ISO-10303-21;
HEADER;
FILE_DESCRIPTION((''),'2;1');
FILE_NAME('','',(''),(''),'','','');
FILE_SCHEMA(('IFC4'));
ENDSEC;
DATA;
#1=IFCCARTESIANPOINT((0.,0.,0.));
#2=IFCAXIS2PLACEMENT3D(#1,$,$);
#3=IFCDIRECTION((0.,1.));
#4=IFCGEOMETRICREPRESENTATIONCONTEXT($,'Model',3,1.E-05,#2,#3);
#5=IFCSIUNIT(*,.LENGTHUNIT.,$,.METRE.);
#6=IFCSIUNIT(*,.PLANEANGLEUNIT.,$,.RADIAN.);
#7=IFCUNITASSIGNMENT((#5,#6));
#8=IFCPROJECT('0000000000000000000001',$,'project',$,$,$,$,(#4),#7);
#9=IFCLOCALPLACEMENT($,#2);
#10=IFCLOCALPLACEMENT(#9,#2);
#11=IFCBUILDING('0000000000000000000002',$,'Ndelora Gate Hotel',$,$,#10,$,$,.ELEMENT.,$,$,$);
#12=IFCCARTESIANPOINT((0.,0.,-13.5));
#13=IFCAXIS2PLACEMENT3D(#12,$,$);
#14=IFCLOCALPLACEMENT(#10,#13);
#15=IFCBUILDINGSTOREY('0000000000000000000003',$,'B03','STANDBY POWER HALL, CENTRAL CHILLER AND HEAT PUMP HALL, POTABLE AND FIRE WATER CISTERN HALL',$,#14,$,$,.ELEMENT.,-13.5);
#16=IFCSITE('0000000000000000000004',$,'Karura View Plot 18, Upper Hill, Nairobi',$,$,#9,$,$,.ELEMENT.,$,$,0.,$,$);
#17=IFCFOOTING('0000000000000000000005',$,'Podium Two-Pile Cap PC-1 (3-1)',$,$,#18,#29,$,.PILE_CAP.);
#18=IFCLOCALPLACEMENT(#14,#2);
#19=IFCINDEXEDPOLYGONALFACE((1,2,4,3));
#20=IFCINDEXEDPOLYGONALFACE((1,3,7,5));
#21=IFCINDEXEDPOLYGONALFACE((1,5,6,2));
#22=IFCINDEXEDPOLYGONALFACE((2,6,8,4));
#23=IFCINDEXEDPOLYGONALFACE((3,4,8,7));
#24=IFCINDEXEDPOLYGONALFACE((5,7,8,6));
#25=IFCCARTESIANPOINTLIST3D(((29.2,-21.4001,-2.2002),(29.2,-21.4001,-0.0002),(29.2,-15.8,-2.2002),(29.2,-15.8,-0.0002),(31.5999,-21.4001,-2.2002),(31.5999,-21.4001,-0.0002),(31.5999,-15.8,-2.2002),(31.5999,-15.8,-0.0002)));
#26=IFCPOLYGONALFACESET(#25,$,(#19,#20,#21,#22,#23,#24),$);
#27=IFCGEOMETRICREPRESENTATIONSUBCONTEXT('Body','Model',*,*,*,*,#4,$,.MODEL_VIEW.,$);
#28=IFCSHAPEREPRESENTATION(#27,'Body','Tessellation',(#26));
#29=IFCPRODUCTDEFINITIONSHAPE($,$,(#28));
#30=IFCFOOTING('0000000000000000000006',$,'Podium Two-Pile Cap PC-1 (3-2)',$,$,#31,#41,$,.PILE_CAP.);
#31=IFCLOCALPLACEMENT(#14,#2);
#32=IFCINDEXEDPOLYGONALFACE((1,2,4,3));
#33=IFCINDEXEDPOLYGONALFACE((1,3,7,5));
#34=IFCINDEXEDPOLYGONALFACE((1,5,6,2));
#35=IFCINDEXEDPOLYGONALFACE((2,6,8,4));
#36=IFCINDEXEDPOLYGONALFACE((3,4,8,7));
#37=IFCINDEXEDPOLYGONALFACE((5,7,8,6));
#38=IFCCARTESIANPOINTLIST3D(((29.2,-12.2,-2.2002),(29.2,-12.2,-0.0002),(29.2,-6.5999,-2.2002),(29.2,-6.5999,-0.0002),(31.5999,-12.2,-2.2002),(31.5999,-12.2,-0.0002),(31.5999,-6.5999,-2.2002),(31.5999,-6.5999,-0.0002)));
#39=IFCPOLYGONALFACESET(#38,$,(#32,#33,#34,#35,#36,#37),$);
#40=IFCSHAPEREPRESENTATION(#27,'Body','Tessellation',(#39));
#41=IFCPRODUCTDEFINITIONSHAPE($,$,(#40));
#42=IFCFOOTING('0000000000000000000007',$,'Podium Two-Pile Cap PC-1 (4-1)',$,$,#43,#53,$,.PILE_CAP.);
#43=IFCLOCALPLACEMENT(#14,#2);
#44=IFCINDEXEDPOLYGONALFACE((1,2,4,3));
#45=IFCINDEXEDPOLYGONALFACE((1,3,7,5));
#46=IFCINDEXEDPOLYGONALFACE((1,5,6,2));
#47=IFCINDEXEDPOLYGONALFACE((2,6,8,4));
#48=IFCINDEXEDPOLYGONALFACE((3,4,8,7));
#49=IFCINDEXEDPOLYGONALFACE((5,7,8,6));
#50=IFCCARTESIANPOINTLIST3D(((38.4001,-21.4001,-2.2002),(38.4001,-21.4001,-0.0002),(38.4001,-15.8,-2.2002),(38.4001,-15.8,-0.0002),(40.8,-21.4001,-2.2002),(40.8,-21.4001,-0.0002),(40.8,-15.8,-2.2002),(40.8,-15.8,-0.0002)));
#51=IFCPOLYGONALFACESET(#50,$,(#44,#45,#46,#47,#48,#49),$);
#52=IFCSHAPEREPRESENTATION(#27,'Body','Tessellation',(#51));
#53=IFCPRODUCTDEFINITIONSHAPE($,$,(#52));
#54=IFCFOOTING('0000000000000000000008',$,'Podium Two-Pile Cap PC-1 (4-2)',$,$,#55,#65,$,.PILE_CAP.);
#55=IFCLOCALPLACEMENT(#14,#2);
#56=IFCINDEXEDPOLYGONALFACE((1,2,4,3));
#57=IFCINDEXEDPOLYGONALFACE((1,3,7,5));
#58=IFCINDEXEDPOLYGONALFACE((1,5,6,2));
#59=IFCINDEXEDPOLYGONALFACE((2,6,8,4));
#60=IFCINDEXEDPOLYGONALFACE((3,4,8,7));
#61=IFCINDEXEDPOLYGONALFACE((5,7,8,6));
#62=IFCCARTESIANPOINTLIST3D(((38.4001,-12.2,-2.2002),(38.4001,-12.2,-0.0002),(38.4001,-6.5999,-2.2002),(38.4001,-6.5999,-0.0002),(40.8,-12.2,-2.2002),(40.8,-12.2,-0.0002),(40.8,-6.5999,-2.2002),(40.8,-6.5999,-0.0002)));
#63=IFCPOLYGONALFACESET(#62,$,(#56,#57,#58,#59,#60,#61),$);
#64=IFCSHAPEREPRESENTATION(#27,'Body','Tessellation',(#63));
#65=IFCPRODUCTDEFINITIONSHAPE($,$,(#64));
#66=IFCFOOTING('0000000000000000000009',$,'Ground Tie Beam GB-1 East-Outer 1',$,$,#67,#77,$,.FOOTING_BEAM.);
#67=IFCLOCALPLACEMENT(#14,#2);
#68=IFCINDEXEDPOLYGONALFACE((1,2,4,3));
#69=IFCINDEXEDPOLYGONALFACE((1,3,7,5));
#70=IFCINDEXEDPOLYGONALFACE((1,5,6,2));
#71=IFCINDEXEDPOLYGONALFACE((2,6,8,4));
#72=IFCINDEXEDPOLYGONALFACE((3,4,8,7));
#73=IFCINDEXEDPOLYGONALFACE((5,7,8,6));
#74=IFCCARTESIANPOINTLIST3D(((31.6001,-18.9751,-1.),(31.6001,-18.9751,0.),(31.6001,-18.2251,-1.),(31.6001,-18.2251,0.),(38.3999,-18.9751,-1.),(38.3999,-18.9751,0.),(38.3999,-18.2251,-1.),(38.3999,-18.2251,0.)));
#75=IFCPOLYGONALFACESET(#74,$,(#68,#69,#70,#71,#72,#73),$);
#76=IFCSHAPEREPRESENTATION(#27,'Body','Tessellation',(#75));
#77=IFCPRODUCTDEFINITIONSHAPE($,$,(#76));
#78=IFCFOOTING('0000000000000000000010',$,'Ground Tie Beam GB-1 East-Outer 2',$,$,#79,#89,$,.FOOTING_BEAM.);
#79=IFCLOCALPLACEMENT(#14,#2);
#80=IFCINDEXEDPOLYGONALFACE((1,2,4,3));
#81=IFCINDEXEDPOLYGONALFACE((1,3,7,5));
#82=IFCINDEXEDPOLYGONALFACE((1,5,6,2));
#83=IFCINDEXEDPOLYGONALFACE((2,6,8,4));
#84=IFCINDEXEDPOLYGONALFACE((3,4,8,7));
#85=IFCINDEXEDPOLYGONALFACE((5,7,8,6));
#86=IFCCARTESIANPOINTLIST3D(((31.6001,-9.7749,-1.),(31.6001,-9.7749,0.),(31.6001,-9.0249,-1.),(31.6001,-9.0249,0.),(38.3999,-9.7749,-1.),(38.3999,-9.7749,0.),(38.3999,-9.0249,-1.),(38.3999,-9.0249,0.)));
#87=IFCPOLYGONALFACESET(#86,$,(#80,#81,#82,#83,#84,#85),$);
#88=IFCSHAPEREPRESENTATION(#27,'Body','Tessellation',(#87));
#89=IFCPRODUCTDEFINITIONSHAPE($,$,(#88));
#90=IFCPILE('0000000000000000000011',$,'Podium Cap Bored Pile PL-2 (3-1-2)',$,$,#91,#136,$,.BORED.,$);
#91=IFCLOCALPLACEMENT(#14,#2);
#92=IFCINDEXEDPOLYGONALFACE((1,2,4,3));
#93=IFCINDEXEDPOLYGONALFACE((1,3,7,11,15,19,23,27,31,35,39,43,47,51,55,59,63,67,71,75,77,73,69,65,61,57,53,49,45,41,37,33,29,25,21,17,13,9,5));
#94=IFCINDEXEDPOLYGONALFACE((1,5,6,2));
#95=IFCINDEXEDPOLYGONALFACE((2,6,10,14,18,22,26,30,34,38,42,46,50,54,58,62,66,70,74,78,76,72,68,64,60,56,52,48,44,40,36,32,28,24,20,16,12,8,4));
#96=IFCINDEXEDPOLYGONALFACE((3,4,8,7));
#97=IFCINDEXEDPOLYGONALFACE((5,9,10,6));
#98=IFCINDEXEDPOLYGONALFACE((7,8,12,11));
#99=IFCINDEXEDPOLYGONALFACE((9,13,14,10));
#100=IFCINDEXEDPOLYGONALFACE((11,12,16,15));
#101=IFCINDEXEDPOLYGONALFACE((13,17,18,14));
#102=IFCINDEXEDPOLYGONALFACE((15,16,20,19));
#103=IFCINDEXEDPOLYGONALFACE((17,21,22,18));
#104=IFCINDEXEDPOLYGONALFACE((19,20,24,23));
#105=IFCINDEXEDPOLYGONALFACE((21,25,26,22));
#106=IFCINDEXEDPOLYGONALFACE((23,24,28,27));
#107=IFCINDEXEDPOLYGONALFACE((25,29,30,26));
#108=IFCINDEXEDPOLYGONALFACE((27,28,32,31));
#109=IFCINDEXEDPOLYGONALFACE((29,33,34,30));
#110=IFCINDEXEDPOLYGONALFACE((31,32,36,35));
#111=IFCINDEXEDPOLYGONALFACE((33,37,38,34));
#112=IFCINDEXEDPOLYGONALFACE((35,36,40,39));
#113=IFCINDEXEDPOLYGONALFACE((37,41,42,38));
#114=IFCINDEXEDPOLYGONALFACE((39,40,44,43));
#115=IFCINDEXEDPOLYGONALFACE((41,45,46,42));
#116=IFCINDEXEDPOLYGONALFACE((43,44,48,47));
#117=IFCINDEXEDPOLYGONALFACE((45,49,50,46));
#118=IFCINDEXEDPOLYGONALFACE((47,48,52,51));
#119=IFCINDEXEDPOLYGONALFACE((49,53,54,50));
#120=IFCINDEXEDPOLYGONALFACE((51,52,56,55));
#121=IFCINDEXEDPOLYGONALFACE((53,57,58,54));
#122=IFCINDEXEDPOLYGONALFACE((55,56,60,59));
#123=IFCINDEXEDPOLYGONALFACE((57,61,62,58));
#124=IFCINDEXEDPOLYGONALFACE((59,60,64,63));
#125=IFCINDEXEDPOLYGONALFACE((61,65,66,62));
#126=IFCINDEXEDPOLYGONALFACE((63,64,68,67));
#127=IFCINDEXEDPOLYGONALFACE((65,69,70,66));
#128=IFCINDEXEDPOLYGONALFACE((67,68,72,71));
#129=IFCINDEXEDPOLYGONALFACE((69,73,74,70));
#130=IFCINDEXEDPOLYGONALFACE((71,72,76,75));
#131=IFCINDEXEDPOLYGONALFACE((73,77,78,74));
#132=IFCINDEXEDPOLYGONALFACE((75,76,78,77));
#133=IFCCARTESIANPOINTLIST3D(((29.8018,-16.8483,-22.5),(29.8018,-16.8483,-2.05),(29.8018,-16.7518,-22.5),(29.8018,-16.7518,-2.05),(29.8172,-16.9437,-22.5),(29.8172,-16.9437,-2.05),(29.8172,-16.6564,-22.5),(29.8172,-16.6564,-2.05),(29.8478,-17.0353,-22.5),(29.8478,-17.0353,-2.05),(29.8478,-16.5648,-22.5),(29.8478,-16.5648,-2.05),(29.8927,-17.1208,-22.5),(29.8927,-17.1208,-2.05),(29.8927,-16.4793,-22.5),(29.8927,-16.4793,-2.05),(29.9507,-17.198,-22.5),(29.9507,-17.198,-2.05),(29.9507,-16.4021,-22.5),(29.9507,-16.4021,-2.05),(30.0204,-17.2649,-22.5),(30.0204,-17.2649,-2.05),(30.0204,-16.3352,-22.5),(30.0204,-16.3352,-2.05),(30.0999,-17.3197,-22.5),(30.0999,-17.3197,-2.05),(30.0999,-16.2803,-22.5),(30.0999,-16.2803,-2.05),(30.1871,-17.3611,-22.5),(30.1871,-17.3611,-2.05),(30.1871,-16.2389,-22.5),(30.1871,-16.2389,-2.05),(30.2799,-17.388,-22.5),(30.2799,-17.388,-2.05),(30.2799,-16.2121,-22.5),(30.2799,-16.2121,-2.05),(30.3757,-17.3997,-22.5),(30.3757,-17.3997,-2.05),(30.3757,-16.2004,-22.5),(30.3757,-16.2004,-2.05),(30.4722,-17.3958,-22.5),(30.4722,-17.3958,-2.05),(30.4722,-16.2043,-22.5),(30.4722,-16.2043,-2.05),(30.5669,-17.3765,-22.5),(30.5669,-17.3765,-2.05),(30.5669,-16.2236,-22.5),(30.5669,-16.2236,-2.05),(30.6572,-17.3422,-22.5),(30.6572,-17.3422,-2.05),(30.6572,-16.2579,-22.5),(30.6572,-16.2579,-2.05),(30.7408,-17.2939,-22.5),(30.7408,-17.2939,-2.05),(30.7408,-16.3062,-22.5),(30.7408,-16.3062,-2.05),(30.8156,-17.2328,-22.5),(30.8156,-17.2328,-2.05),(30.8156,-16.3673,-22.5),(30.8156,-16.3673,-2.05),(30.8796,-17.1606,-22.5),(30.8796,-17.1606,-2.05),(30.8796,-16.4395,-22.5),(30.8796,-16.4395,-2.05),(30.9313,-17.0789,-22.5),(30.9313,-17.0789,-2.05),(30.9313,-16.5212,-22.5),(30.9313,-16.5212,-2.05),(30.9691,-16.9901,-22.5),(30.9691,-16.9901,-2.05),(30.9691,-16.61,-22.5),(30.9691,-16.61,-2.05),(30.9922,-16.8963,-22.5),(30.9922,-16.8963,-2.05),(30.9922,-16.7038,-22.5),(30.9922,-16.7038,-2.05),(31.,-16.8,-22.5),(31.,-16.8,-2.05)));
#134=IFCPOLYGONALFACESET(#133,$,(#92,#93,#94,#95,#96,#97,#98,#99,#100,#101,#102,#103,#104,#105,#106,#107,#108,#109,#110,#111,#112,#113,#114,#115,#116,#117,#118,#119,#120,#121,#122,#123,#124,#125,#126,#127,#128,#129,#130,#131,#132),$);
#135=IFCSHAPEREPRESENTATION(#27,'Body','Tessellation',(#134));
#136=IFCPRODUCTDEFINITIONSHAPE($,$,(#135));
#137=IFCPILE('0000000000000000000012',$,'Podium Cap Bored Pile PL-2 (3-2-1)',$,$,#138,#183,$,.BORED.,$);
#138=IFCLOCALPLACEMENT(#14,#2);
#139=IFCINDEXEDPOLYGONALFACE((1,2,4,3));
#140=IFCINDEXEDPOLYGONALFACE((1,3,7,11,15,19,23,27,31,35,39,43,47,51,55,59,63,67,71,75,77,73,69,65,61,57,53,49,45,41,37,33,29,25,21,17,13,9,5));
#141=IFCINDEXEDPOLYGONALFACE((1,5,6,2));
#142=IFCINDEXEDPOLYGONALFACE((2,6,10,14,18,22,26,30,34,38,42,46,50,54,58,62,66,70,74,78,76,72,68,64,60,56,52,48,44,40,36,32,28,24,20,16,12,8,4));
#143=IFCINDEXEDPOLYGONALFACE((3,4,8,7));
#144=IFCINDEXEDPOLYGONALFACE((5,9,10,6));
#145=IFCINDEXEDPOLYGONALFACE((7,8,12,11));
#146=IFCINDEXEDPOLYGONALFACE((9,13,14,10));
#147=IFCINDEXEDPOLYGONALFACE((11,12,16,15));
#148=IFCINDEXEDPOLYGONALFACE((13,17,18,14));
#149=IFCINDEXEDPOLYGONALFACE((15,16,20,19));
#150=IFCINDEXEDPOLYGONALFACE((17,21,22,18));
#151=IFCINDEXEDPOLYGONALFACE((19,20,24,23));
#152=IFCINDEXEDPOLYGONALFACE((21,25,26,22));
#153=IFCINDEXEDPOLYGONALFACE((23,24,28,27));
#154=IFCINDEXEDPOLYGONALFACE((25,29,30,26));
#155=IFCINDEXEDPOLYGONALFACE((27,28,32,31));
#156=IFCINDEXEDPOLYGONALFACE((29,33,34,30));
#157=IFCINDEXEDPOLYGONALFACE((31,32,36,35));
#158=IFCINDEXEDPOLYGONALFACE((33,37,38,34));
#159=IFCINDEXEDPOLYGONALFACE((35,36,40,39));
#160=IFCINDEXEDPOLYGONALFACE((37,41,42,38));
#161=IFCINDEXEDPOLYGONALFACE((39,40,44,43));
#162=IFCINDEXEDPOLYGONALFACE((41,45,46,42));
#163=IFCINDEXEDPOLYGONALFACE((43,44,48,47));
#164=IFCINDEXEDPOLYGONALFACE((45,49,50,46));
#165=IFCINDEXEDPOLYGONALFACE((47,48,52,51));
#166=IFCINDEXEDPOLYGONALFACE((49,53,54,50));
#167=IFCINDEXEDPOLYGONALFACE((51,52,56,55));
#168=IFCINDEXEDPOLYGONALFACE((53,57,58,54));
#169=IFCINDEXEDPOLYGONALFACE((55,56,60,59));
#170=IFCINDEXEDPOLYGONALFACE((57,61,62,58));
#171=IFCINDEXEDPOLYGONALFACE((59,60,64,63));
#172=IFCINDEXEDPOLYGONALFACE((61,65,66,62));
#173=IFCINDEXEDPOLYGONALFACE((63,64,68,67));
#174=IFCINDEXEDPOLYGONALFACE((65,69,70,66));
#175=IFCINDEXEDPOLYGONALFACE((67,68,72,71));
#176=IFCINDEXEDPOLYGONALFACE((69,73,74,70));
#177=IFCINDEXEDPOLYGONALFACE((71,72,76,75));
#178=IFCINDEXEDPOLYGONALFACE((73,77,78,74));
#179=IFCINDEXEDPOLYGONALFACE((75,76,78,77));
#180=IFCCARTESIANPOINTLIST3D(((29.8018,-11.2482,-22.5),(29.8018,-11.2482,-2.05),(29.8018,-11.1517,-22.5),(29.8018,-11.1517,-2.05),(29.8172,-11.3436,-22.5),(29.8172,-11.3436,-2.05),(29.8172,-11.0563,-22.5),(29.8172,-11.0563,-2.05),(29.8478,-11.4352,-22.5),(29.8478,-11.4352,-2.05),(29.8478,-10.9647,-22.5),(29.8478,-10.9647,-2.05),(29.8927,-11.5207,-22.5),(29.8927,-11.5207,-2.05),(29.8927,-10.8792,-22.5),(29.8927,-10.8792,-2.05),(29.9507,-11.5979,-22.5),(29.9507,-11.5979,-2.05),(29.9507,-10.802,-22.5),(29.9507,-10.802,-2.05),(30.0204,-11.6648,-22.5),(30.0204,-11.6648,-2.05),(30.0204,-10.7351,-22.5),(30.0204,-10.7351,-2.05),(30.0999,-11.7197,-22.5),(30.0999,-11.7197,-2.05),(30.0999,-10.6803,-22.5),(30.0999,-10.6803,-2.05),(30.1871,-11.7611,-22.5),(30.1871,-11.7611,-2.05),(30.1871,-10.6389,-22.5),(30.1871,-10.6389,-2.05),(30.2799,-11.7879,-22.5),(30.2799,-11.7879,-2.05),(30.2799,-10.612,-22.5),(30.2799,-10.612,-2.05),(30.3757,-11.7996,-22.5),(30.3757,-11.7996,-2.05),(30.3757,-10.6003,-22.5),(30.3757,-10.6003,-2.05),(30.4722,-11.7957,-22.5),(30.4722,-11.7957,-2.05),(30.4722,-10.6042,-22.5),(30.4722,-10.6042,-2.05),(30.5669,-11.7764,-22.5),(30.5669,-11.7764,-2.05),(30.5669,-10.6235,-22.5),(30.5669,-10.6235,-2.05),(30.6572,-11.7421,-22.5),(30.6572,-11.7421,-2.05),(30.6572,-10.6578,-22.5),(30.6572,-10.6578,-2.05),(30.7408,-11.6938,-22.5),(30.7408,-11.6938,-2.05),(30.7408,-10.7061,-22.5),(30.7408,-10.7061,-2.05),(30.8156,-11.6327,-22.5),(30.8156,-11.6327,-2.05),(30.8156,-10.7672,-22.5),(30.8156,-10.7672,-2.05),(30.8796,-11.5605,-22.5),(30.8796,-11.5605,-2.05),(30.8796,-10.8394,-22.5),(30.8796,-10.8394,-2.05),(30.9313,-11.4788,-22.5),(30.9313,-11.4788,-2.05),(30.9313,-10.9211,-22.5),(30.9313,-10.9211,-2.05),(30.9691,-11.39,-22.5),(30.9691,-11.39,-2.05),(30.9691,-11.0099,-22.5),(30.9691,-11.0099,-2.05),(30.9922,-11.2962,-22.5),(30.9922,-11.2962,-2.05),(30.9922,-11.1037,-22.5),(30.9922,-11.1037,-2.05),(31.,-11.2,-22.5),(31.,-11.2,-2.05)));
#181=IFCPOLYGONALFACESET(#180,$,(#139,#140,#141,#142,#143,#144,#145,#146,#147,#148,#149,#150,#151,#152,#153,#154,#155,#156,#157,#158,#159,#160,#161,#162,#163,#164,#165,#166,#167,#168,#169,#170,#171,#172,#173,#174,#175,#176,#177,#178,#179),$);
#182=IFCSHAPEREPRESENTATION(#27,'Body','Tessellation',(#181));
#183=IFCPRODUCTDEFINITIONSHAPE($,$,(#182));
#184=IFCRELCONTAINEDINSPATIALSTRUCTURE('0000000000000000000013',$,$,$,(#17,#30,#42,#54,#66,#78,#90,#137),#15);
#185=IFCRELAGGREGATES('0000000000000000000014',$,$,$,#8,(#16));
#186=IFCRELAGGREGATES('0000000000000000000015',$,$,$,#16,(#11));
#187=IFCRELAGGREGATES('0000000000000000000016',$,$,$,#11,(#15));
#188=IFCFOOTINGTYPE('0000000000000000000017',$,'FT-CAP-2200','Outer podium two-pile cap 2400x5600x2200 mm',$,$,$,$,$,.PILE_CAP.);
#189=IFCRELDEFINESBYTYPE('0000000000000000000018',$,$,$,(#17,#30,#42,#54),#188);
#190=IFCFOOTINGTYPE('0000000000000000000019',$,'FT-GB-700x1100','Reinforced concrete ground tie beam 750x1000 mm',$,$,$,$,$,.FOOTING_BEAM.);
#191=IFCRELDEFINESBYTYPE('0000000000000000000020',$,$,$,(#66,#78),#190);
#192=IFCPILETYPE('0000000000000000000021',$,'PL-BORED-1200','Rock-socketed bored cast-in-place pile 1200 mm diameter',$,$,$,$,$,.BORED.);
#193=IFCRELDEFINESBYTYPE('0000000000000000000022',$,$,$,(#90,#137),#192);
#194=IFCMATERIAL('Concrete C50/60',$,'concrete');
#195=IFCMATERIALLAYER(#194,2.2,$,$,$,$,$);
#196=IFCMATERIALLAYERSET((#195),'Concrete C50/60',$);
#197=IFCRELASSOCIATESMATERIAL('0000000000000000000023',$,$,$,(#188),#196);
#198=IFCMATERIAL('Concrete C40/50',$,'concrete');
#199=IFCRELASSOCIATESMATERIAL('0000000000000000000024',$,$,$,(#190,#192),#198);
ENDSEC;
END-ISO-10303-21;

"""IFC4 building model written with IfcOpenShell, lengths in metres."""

from ifc_helpers import new_model, si_unit, direction, frame, origin, origin_2d, place, context, subcontext, project, spatial, rectangle, circle, extrude, material, layer, layer_set, material_profile, profile_set, type_object, element, save


model = new_model("IFC4")

# Units and contexts
model_context = context("Model", 3, precision=1e-05, world=origin(), true_north=direction((0.0, 1.0)))
body_context = subcontext(model_context, "Body", "Model", "MODEL_VIEW")
ifc_project = project(units=[si_unit("LENGTHUNIT", "METRE"), si_unit("PLANEANGLEUNIT", "RADIAN")], contexts=[model_context])

# Site, building, storey
site_placement = place(None, origin())
site = spatial("IfcSite", under=ifc_project, at=site_placement, Name="Karura View Plot 18, Upper Hill, Nairobi", CompositionType="ELEMENT", RefElevation=0.0)
building_placement = place(site_placement, origin())
building = spatial("IfcBuilding", under=site, at=building_placement, Name="Ndelora Gate Hotel", CompositionType="ELEMENT")
storey_placement = place(building_placement, frame((0.0, 0.0, -13.5)))
storey = spatial("IfcBuildingStorey", under=building, at=storey_placement, Name="B03", Description="STANDBY POWER HALL, CENTRAL CHILLER AND HEAT PUMP HALL, POTABLE AND FIRE WATER CISTERN HALL", CompositionType="ELEMENT", Elevation=-13.5)

# Footings
ifc_material_1 = material(Name="Concrete C50/60", Category="concrete")
ifc_layer_1 = layer(ifc_material_1, 2.2)
ifc_layer_set_1 = layer_set([ifc_layer_1], Name="Concrete C50/60")
footing_type_1 = type_object("IfcFootingType", Name="FT-CAP-2200", Description="Outer podium two-pile cap 2400x5600x2200 mm", PredefinedType="PILE_CAP", material=ifc_layer_set_1)
for number, where, z_axis, x_axis, name in (
    (1, (30.3999, -18.6001, -2.2002), (0.0, 0.0, 1.0), (1.0, 0.0, 0.0), "Podium Two-Pile Cap PC-1 (3-1)"),
    (2, (30.3999, -9.3999, -2.2002), (0.0, 0.0, 1.0), (1.0, 0.0, 0.0), "Podium Two-Pile Cap PC-1 (3-2)"),
    (3, (39.6001, -18.6001, -2.2002), (0.0, 0.0, 1.0), (1.0, 0.0, 0.0), "Podium Two-Pile Cap PC-1 (4-1)"),
    (4, (39.6001, -9.3999, -2.2002), (0.0, 0.0, 1.0), (1.0, 0.0, 0.0), "Podium Two-Pile Cap PC-1 (4-2)"),
):
    element("IfcFooting", number, at=place(storey_placement, frame(where, z_axis=z_axis, x_axis=x_axis)), inside=storey, type_object=footing_type_1, Name=name, PredefinedType="PILE_CAP", context=body_context, shape_type="SweptSolid", body=[
        extrude(rectangle(XDim=2.3999, YDim=5.6001, at=origin_2d()), origin(), (0.0, 0.0, 1.0), 2.2),
    ])
ifc_material_2 = material(Name="Concrete C40/50", Category="concrete")
ifc_material_profile_1 = material_profile(ifc_material_2, rectangle(XDim=0.75, YDim=1.0, at=origin_2d()), Name="RCB 750x1000")
ifc_profile_set_1 = profile_set([ifc_material_profile_1], Name="Concrete C40/50")
footing_type_2 = type_object("IfcFootingType", Name="FT-GB-700x1100", Description="Reinforced concrete ground tie beam 750x1000 mm", PredefinedType="FOOTING_BEAM", material=ifc_profile_set_1)
for number, where, z_axis, x_axis, name in (
    (5, (31.6001, -18.6001, -0.5), (1.0, 0.0, 0.0), (0.0, 1.0, 0.0), "Ground Tie Beam GB-1 East-Outer 1"),
    (6, (31.6001, -9.3999, -0.5), (1.0, 0.0, 0.0), (0.0, 1.0, 0.0), "Ground Tie Beam GB-1 East-Outer 2"),
):
    element("IfcFooting", number, at=place(storey_placement, frame(where, z_axis=z_axis, x_axis=x_axis)), inside=storey, type_object=footing_type_2, Name=name, PredefinedType="FOOTING_BEAM", context=body_context, shape_type="SweptSolid", body=[
        extrude(rectangle(XDim=0.75, YDim=1.0, at=origin_2d()), origin(), (0.0, 0.0, 1.0), 6.7998),
    ])

# Piles
ifc_material_profile_2 = material_profile(ifc_material_2, circle(Radius=0.6001, at=origin_2d()), Name="PILE D1200")
ifc_profile_set_2 = profile_set([ifc_material_profile_2], Name="Concrete C40/50")
pile_type = type_object("IfcPileType", Name="PL-BORED-1200", Description="Rock-socketed bored cast-in-place pile 1200 mm diameter", PredefinedType="BORED", material=ifc_profile_set_2)
for number, where, z_axis, x_axis, name in (
    (7, (30.3999, -16.8, -2.05), (0.0, 0.0, -1.0), (1.0, 0.0, 0.0), "Podium Cap Bored Pile PL-2 (3-1-2)"),
    (8, (30.3999, -11.2, -2.05), (0.0, 0.0, -1.0), (1.0, 0.0, 0.0), "Podium Cap Bored Pile PL-2 (3-2-1)"),
):
    element("IfcPile", number, at=place(storey_placement, frame(where, z_axis=z_axis, x_axis=x_axis)), inside=storey, type_object=pile_type, Name=name, PredefinedType="BORED", context=body_context, shape_type="SweptSolid", body=[
        extrude(circle(Radius=0.6001, at=origin_2d()), origin(), (0.0, 0.0, 1.0), 20.45),
    ])

save(model, "model.ifc")
